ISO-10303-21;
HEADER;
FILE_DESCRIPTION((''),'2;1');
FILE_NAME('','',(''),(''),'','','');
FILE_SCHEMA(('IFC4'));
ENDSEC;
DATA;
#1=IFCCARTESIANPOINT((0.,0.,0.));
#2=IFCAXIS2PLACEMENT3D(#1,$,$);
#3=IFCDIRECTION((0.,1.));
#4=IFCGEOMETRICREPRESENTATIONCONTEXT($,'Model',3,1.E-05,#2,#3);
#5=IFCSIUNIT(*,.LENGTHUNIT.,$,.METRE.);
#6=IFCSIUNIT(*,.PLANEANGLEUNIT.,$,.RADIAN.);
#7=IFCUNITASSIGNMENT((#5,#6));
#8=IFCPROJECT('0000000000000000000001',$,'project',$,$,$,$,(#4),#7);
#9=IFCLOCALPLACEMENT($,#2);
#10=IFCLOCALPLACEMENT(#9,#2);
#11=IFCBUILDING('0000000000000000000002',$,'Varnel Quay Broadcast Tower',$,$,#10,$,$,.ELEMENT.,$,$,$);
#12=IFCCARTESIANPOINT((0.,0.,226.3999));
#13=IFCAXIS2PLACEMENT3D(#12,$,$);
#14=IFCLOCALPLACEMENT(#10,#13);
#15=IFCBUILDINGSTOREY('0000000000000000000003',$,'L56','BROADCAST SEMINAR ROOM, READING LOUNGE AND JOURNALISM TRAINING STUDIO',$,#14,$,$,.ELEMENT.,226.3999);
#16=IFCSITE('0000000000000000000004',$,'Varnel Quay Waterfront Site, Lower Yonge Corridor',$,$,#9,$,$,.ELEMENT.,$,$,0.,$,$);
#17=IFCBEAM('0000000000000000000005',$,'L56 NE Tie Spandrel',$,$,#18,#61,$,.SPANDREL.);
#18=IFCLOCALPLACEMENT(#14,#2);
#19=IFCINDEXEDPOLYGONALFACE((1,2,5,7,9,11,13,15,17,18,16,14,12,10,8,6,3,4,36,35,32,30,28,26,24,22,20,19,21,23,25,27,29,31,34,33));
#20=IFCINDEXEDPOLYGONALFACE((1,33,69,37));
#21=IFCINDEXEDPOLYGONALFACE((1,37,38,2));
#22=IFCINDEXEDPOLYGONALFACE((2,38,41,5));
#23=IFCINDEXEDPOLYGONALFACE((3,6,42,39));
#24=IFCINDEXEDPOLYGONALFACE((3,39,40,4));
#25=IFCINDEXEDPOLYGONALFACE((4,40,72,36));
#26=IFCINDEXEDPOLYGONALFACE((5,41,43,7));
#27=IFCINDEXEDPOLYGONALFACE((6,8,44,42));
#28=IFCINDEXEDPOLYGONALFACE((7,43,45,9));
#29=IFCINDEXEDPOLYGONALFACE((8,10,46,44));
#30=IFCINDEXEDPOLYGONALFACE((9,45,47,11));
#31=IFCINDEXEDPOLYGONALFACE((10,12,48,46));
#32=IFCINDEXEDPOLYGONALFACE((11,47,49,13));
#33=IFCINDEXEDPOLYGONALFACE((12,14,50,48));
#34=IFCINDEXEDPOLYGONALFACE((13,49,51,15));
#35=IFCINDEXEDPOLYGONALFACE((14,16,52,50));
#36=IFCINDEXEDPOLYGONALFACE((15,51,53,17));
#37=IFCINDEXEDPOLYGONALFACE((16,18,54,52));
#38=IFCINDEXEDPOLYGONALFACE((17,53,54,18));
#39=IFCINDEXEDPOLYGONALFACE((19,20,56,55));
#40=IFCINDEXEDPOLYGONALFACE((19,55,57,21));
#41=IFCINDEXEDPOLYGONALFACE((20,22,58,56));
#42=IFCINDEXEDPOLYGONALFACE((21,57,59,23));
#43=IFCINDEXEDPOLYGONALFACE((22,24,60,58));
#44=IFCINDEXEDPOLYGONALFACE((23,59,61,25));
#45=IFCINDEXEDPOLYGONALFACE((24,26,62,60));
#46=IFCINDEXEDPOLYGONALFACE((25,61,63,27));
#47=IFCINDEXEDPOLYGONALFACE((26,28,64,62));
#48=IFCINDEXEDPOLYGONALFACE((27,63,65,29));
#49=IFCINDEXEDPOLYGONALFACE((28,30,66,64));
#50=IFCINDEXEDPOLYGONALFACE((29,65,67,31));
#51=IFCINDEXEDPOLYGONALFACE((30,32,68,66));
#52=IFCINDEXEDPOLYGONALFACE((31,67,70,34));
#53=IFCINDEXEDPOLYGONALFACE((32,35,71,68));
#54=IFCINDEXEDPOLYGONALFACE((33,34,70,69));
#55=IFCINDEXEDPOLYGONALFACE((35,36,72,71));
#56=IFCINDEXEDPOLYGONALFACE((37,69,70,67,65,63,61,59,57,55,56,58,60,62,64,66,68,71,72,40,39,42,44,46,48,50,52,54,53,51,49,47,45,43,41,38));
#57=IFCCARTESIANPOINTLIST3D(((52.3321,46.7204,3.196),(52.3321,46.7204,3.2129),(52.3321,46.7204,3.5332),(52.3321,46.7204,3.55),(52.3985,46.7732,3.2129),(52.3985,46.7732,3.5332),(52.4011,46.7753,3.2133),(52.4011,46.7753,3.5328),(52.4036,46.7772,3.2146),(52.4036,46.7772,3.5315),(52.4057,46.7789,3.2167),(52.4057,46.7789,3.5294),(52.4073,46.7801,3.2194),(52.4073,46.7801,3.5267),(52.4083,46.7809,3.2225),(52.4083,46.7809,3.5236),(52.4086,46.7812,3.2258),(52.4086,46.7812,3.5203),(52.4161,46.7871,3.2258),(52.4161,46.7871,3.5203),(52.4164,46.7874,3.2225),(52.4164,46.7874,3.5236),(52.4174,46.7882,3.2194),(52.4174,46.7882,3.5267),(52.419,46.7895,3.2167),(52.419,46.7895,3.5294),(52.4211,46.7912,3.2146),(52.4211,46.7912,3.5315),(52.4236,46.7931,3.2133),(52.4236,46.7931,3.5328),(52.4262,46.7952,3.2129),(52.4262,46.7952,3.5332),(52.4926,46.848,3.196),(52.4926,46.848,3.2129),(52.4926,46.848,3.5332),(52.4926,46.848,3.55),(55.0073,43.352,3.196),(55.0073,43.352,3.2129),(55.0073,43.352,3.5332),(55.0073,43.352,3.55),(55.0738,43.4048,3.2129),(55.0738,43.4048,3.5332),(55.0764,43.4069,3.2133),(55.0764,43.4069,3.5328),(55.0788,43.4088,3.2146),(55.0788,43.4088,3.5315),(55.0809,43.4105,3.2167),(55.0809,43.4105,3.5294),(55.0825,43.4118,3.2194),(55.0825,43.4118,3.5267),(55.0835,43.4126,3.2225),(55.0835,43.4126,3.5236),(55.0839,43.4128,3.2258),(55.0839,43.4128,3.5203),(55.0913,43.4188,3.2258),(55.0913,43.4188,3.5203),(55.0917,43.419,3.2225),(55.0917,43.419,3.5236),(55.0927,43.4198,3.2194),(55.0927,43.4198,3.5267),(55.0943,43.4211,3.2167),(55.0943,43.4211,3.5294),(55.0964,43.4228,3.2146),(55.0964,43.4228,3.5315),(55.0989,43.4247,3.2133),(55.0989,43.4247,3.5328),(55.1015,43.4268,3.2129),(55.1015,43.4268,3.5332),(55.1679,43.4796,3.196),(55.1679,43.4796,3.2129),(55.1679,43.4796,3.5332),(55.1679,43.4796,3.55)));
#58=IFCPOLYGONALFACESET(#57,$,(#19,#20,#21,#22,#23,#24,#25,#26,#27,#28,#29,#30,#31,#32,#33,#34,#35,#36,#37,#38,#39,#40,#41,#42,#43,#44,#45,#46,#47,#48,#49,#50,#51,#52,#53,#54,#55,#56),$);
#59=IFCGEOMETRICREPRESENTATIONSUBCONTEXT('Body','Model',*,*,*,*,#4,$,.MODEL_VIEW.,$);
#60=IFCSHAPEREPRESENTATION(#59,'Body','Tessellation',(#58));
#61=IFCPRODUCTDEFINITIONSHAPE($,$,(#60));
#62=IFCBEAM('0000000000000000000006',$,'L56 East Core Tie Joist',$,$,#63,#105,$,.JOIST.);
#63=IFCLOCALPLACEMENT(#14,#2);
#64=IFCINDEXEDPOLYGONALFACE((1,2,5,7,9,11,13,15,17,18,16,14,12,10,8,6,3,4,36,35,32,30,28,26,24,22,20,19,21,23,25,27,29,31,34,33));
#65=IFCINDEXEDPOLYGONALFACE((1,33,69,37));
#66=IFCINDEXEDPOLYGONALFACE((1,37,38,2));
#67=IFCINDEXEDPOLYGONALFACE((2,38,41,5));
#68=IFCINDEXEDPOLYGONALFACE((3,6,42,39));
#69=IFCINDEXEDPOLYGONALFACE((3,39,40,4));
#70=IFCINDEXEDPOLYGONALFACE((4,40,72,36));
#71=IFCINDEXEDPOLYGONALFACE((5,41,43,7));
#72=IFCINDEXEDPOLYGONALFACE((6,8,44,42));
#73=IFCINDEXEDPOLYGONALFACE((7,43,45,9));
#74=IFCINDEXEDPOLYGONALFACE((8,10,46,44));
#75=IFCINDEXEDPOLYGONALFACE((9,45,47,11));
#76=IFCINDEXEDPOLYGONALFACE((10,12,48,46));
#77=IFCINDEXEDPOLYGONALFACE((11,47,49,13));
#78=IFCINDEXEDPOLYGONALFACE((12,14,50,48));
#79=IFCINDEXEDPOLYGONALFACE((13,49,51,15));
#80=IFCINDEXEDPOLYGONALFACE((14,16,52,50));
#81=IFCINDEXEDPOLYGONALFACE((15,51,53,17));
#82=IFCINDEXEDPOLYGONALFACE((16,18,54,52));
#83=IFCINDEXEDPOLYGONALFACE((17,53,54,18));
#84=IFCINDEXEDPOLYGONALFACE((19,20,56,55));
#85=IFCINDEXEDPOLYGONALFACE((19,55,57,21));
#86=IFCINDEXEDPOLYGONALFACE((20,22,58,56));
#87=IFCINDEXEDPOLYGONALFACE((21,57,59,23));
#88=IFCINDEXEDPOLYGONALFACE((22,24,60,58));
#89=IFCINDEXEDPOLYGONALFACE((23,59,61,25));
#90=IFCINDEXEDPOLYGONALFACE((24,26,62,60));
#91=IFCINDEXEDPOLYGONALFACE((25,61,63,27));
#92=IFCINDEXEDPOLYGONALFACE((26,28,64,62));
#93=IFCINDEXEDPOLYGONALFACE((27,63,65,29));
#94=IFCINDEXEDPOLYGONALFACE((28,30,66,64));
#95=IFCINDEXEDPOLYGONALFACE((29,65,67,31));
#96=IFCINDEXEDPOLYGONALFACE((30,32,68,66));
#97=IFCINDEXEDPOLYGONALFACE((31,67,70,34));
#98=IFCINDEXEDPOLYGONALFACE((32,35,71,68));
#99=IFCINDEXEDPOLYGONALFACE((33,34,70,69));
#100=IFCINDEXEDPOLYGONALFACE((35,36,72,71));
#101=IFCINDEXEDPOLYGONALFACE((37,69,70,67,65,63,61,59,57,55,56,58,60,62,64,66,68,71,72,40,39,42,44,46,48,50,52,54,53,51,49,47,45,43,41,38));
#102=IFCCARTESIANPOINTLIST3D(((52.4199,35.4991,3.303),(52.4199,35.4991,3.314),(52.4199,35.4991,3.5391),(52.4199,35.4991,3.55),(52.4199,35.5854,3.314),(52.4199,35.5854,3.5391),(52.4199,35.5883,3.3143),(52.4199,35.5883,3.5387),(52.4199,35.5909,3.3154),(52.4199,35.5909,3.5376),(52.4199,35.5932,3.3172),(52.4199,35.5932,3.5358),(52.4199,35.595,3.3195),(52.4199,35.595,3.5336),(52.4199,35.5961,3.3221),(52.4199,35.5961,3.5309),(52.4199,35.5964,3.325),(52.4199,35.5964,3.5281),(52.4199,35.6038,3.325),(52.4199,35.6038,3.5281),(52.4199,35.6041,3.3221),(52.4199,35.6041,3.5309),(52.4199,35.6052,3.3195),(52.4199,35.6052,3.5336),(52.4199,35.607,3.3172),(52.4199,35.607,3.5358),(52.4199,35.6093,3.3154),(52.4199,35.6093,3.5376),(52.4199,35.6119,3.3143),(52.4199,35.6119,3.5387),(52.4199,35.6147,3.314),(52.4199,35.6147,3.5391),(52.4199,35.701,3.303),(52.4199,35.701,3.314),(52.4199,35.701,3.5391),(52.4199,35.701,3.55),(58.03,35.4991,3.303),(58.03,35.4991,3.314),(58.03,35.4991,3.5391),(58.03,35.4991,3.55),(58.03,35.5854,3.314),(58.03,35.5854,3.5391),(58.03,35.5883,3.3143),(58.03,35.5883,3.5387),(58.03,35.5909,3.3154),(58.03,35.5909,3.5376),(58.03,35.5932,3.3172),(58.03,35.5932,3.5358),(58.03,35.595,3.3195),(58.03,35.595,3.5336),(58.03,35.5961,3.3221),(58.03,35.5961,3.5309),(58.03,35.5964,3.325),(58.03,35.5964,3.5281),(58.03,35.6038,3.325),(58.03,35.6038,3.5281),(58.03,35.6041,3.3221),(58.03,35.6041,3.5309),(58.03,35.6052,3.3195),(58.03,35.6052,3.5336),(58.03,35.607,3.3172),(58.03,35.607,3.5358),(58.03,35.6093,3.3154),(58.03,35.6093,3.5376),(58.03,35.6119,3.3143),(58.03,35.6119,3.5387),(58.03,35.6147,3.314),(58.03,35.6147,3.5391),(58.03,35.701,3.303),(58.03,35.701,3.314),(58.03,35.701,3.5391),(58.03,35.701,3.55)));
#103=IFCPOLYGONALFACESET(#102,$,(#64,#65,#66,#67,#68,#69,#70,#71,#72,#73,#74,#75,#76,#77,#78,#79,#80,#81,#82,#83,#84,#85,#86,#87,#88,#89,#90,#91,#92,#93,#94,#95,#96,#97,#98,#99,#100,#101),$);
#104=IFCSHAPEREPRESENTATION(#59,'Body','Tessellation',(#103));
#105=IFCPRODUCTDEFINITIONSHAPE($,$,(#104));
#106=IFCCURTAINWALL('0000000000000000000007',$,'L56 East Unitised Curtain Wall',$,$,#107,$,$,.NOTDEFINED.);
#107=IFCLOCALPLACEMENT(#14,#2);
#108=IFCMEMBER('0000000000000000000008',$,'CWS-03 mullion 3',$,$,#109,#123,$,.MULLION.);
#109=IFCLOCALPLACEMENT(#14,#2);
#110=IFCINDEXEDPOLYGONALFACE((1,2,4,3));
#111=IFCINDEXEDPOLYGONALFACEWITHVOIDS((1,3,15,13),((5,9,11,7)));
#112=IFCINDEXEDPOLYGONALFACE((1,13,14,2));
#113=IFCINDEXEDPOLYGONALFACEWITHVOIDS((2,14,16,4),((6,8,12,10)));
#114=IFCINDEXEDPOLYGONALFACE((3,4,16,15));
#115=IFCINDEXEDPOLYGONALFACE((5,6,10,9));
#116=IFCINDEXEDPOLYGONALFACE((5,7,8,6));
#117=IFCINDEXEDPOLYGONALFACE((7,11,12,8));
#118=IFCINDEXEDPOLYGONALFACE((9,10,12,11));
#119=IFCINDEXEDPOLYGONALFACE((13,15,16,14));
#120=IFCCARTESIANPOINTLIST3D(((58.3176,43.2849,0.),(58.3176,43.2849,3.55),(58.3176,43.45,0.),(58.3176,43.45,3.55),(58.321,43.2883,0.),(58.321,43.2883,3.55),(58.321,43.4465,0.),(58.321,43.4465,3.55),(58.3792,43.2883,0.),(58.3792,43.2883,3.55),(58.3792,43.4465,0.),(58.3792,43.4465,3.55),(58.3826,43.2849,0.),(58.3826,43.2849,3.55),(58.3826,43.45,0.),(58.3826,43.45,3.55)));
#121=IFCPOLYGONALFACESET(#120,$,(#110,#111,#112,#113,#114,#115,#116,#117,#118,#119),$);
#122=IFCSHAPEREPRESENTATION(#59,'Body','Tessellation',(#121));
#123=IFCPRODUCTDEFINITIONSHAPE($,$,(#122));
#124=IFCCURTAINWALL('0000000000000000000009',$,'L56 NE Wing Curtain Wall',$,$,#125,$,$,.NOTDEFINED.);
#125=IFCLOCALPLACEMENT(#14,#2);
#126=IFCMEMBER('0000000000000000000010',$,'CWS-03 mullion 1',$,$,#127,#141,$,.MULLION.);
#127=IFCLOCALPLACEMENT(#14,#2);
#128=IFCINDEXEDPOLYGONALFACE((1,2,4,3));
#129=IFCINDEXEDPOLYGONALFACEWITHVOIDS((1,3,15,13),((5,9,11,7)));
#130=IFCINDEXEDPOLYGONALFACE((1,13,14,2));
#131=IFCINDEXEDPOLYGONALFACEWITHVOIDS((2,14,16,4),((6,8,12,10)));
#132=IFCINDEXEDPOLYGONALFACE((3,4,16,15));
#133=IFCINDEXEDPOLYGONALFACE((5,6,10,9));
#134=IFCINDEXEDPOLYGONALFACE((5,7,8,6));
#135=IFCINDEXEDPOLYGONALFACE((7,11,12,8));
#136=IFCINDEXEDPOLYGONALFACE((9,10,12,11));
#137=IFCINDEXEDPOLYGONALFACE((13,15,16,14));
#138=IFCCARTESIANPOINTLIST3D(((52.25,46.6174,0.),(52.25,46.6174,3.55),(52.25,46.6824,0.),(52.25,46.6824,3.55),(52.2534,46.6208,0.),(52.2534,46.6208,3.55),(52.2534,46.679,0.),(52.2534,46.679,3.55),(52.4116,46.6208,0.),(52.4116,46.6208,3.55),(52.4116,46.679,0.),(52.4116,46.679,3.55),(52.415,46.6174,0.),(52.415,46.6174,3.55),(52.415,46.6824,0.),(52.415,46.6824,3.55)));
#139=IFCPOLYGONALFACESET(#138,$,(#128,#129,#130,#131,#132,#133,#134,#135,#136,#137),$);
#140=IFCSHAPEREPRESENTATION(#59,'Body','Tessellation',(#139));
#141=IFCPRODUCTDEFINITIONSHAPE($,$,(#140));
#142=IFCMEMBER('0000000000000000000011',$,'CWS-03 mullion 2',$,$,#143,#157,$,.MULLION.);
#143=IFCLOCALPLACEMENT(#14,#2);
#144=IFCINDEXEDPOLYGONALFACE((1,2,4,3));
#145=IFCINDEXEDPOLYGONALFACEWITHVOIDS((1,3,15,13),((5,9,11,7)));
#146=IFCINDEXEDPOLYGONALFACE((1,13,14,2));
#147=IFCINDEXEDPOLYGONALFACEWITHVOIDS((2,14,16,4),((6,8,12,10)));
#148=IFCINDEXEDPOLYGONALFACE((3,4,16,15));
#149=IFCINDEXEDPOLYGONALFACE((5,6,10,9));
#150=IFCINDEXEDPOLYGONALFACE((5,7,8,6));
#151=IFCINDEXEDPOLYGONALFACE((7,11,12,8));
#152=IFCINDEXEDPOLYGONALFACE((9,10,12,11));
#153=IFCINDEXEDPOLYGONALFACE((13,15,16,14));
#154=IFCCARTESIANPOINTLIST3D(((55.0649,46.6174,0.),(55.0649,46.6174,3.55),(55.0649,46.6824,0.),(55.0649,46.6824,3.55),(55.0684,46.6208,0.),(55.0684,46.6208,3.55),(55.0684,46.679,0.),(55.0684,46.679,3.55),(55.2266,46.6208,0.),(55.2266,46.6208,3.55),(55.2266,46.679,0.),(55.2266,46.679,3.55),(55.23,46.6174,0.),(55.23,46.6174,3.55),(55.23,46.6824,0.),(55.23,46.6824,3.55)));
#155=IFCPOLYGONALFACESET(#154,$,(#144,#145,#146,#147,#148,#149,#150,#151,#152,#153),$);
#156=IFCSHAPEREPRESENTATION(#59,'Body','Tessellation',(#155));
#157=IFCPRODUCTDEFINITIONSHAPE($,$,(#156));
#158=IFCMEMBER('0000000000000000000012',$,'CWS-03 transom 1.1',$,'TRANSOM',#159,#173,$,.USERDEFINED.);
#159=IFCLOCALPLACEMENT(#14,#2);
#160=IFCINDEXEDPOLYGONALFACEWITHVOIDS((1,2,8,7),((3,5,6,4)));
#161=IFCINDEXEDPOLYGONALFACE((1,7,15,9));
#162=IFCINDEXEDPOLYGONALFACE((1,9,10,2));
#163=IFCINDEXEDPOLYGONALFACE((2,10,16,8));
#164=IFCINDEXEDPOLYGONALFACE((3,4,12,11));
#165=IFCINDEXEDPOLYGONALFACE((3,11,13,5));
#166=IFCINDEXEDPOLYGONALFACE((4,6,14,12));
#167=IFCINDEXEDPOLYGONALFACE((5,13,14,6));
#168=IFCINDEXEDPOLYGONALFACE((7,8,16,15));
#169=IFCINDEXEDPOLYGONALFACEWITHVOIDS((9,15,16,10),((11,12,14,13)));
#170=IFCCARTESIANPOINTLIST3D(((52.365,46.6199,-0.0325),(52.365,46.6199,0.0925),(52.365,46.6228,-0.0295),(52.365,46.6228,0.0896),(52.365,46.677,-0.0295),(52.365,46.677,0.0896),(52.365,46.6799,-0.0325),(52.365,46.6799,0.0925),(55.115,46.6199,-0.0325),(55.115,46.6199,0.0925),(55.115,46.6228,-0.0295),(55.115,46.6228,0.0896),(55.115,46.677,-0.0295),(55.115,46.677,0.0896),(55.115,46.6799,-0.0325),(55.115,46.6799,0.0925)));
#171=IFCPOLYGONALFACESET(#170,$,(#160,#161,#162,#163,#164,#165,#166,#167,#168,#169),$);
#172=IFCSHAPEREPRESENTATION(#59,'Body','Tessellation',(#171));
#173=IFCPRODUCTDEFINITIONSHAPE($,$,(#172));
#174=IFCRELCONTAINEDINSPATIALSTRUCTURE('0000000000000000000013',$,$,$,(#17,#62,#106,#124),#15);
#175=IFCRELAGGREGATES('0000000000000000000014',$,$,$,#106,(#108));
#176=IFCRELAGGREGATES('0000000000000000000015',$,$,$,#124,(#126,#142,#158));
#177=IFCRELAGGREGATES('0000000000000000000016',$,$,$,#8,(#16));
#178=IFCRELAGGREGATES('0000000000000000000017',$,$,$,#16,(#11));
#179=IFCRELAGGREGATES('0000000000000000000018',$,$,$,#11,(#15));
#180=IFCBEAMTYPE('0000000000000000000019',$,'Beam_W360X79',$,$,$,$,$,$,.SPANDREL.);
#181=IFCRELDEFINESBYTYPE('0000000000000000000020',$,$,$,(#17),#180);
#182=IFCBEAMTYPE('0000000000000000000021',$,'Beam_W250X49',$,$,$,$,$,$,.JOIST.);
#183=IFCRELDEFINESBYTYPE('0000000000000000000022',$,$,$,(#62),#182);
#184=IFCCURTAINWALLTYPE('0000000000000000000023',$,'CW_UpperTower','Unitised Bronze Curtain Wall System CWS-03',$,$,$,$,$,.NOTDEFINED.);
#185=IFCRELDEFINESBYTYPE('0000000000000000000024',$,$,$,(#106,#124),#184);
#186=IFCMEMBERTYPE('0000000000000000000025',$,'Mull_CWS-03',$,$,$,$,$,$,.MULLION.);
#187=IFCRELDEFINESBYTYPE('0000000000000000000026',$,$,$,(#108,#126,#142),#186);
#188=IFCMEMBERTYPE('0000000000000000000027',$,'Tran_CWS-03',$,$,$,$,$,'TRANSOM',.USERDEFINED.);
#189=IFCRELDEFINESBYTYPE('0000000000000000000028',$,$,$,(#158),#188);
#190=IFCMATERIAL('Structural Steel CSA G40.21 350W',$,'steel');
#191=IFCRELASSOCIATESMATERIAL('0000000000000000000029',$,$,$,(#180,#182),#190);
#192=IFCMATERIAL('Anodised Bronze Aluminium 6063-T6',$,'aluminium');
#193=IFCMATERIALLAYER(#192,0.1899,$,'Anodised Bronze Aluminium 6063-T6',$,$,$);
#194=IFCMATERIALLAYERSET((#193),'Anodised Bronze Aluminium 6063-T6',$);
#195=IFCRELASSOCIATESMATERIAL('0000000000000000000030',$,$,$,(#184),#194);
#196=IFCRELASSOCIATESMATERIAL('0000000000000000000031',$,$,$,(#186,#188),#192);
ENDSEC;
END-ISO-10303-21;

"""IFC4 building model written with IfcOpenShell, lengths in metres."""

from ifc_helpers import new_model, si_unit, direction, frame, origin, origin_2d, place, context, subcontext, project, spatial, hollow_rectangle, i_section, extrude, source, transform, mapped, material, layer, layer_set, material_profile, profile_set, type_object, type_shapes, element, aggregate, save


model = new_model("IFC4")

# Units and contexts
model_context = context("Model", 3, precision=1e-05, world=origin(), true_north=direction((0.0, 1.0)))
body_context = subcontext(model_context, "Body", "Model", "MODEL_VIEW")
ifc_project = project(units=[si_unit("LENGTHUNIT", "METRE"), si_unit("PLANEANGLEUNIT", "RADIAN")], contexts=[model_context])

# Site, building, storey
site_placement = place(None, origin())
site = spatial("IfcSite", under=ifc_project, at=site_placement, Name="Varnel Quay Waterfront Site, Lower Yonge Corridor", CompositionType="ELEMENT", RefElevation=0.0)
building_placement = place(site_placement, origin())
building = spatial("IfcBuilding", under=site, at=building_placement, Name="Varnel Quay Broadcast Tower", CompositionType="ELEMENT")
storey_placement = place(building_placement, frame((0.0, 0.0, 226.3999)))
storey = spatial("IfcBuildingStorey", under=building, at=storey_placement, Name="L56", Description="BROADCAST SEMINAR ROOM, READING LOUNGE AND JOURNALISM TRAINING STUDIO", CompositionType="ELEMENT", Elevation=226.3999)

# Shared definitions
ifc_material_1 = material(Name="Structural Steel CSA G40.21 350W", Category="steel")

# Beams
ifc_material_profile_1 = material_profile(ifc_material_1, i_section(OverallWidth=0.2051, OverallDepth=0.354, WebThickness=0.0095, FlangeThickness=0.0168, FilletRadius=0.0129, at=origin_2d()), Name="W360X79")
ifc_profile_set_1 = profile_set([ifc_material_profile_1], Name="Structural Steel CSA G40.21 350W")
beam_type_1 = type_object("IfcBeamType", Name="Beam_W360X79", PredefinedType="SPANDREL", material=ifc_profile_set_1)
shared_shape_1 = source(origin(), body_context, "Body", "SweptSolid", [
    extrude(i_section(OverallWidth=0.2051, OverallDepth=0.354, WebThickness=0.0095, FlangeThickness=0.0168, FilletRadius=0.0129, at=origin_2d()), origin(), (0.0, 0.0, 1.0), 4.3015),
])
beam_1_placement = place(storey_placement, frame((52.4124, 46.7842, 3.373), z_axis=(0.621936, -0.783068, 0.0), x_axis=(0.783068, 0.621936, 0.0)))
element("IfcBeam", 1, at=beam_1_placement, inside=storey, type_object=beam_type_1, Name="L56 NE Tie Spandrel", PredefinedType="SPANDREL", context=body_context, shape_type="MappedRepresentation", body=[
    mapped(shared_shape_1, transform((0.0, 0.0, 0.0), x_axis=(1.0, 0.0, 0.0), y_axis=(0.0, 1.0, 0.0), z_axis=(0.0, 0.0, 1.0), scale=1.0)),
])
ifc_material_profile_2 = material_profile(ifc_material_1, i_section(OverallWidth=0.2019, OverallDepth=0.2471, WebThickness=0.0073, FlangeThickness=0.011, FilletRadius=0.011, at=origin_2d()), Name="W250X49")
ifc_profile_set_2 = profile_set([ifc_material_profile_2], Name="Structural Steel CSA G40.21 350W")
beam_type_2 = type_object("IfcBeamType", Name="Beam_W250X49", PredefinedType="JOIST", material=ifc_profile_set_2)
shared_shape_2 = source(origin(), body_context, "Body", "SweptSolid", [
    extrude(i_section(OverallWidth=0.2019, OverallDepth=0.2471, WebThickness=0.0073, FlangeThickness=0.011, FilletRadius=0.011, at=origin_2d()), origin(), (0.0, 0.0, 1.0), 5.6101),
])
type_shapes(beam_type_2, [shared_shape_2])
beam_2_placement = place(storey_placement, frame((52.4199, 35.6001, 3.4265), z_axis=(1.0, 0.0, 0.0), x_axis=(0.0, 1.0, 0.0)))
element("IfcBeam", 2, at=beam_2_placement, inside=storey, type_object=beam_type_2, Name="L56 East Core Tie Joist", PredefinedType="JOIST", context=body_context, shape_type="MappedRepresentation", body=[
    mapped(shared_shape_2, transform((0.0, 0.0, 0.0), x_axis=(1.0, 0.0, 0.0), y_axis=(0.0, 1.0, 0.0), z_axis=(0.0, 0.0, 1.0), scale=1.0)),
])

# Curtain wall, member
ifc_material_2 = material(Name="Anodised Bronze Aluminium 6063-T6", Category="aluminium")
ifc_layer_1 = layer(ifc_material_2, 0.1899, Name="Anodised Bronze Aluminium 6063-T6")
ifc_layer_set_1 = layer_set([ifc_layer_1], Name="Anodised Bronze Aluminium 6063-T6")
curtain_wall_type = type_object("IfcCurtainWallType", Name="CW_UpperTower", Description="Unitised Bronze Curtain Wall System CWS-03", PredefinedType="NOTDEFINED", material=ifc_layer_set_1)
curtain_wall_1_placement = place(storey_placement, origin())
curtain_wall_1 = element("IfcCurtainWall", 3, at=curtain_wall_1_placement, inside=storey, type_object=curtain_wall_type, Name="L56 East Unitised Curtain Wall", PredefinedType="NOTDEFINED")
ifc_material_profile_3 = material_profile(ifc_material_2, hollow_rectangle(XDim=0.0649, YDim=0.165, WallThickness=0.0034, at=origin_2d()), Name="ALU65X165X3.5")
ifc_profile_set_3 = profile_set([ifc_material_profile_3], Name="Anodised Bronze Aluminium 6063-T6")
member_type_1 = type_object("IfcMemberType", Name="Mull_CWS-03", PredefinedType="MULLION", material=ifc_profile_set_3)
shared_shape_3 = source(origin(), body_context, "Body", "SweptSolid", [
    extrude(hollow_rectangle(XDim=0.0649, YDim=0.165, WallThickness=0.0034, at=origin_2d()), origin(), (0.0, 0.0, 1.0), 3.55),
])
type_shapes(member_type_1, [shared_shape_3])
member_1_placement = place(storey_placement, frame((58.3501, 43.3674, 0.0), z_axis=(0.0, 0.0, 1.0), x_axis=(-1.0, 0.0, 0.0)))
member_1 = element("IfcMember", 4, at=member_1_placement, type_object=member_type_1, Name="CWS-03 mullion 3", PredefinedType="MULLION", context=body_context, shape_type="MappedRepresentation", body=[
    mapped(shared_shape_3, transform((0.0, 0.0, 0.0), x_axis=(1.0, 0.0, 0.0), y_axis=(0.0, 1.0, 0.0), z_axis=(0.0, 0.0, 1.0), scale=1.0)),
])

# Curtain wall, members
curtain_wall_2_placement = place(storey_placement, origin())
curtain_wall_2 = element("IfcCurtainWall", 5, at=curtain_wall_2_placement, inside=storey, type_object=curtain_wall_type, Name="L56 NE Wing Curtain Wall", PredefinedType="NOTDEFINED")
member_2_placement = place(storey_placement, frame((52.3325, 46.6499, 0.0), z_axis=(0.0, 0.0, 1.0), x_axis=(0.0, 1.0, 0.0)))
member_2 = element("IfcMember", 6, at=member_2_placement, type_object=member_type_1, Name="CWS-03 mullion 1", PredefinedType="MULLION", context=body_context, shape_type="MappedRepresentation", body=[
    mapped(shared_shape_3, transform((0.0, 0.0, 0.0), x_axis=(1.0, 0.0, 0.0), y_axis=(0.0, 1.0, 0.0), z_axis=(0.0, 0.0, 1.0), scale=1.0)),
])
member_3_placement = place(storey_placement, frame((55.1475, 46.6499, 0.0), z_axis=(0.0, 0.0, 1.0), x_axis=(0.0, 1.0, 0.0)))
member_3 = element("IfcMember", 7, at=member_3_placement, type_object=member_type_1, Name="CWS-03 mullion 2", PredefinedType="MULLION", context=body_context, shape_type="MappedRepresentation", body=[
    mapped(shared_shape_3, transform((0.0, 0.0, 0.0), x_axis=(1.0, 0.0, 0.0), y_axis=(0.0, 1.0, 0.0), z_axis=(0.0, 0.0, 1.0), scale=1.0)),
])
ifc_material_profile_4 = material_profile(ifc_material_2, hollow_rectangle(XDim=0.0601, YDim=0.125, WallThickness=0.0029, at=origin_2d()), Name="ALU60X125X3")
ifc_profile_set_4 = profile_set([ifc_material_profile_4], Name="Anodised Bronze Aluminium 6063-T6")
member_type_2 = type_object("IfcMemberType", Name="Tran_CWS-03", ElementType="TRANSOM", PredefinedType="USERDEFINED", material=ifc_profile_set_4)
shared_shape_4 = source(origin(), body_context, "Body", "SweptSolid", [
    extrude(hollow_rectangle(XDim=0.0601, YDim=0.125, WallThickness=0.0029, at=origin_2d()), origin(), (0.0, 0.0, 1.0), 2.75),
])
type_shapes(member_type_2, [shared_shape_4])
member_4_placement = place(storey_placement, frame((52.365, 46.6499, 0.03), z_axis=(1.0, 0.0, 0.0), x_axis=(0.0, 1.0, 0.0)))
member_4 = element("IfcMember", 8, at=member_4_placement, type_object=member_type_2, Name="CWS-03 transom 1.1", ObjectType="TRANSOM", PredefinedType="USERDEFINED", context=body_context, shape_type="MappedRepresentation", body=[
    mapped(shared_shape_4, transform((0.0, 0.0, 0.0), x_axis=(1.0, 0.0, 0.0), y_axis=(0.0, 1.0, 0.0), z_axis=(0.0, 0.0, 1.0), scale=1.0)),
])

aggregate(curtain_wall_1, [member_1])
aggregate(curtain_wall_2, [member_2, member_3, member_4])

save(model, "model.ifc")
